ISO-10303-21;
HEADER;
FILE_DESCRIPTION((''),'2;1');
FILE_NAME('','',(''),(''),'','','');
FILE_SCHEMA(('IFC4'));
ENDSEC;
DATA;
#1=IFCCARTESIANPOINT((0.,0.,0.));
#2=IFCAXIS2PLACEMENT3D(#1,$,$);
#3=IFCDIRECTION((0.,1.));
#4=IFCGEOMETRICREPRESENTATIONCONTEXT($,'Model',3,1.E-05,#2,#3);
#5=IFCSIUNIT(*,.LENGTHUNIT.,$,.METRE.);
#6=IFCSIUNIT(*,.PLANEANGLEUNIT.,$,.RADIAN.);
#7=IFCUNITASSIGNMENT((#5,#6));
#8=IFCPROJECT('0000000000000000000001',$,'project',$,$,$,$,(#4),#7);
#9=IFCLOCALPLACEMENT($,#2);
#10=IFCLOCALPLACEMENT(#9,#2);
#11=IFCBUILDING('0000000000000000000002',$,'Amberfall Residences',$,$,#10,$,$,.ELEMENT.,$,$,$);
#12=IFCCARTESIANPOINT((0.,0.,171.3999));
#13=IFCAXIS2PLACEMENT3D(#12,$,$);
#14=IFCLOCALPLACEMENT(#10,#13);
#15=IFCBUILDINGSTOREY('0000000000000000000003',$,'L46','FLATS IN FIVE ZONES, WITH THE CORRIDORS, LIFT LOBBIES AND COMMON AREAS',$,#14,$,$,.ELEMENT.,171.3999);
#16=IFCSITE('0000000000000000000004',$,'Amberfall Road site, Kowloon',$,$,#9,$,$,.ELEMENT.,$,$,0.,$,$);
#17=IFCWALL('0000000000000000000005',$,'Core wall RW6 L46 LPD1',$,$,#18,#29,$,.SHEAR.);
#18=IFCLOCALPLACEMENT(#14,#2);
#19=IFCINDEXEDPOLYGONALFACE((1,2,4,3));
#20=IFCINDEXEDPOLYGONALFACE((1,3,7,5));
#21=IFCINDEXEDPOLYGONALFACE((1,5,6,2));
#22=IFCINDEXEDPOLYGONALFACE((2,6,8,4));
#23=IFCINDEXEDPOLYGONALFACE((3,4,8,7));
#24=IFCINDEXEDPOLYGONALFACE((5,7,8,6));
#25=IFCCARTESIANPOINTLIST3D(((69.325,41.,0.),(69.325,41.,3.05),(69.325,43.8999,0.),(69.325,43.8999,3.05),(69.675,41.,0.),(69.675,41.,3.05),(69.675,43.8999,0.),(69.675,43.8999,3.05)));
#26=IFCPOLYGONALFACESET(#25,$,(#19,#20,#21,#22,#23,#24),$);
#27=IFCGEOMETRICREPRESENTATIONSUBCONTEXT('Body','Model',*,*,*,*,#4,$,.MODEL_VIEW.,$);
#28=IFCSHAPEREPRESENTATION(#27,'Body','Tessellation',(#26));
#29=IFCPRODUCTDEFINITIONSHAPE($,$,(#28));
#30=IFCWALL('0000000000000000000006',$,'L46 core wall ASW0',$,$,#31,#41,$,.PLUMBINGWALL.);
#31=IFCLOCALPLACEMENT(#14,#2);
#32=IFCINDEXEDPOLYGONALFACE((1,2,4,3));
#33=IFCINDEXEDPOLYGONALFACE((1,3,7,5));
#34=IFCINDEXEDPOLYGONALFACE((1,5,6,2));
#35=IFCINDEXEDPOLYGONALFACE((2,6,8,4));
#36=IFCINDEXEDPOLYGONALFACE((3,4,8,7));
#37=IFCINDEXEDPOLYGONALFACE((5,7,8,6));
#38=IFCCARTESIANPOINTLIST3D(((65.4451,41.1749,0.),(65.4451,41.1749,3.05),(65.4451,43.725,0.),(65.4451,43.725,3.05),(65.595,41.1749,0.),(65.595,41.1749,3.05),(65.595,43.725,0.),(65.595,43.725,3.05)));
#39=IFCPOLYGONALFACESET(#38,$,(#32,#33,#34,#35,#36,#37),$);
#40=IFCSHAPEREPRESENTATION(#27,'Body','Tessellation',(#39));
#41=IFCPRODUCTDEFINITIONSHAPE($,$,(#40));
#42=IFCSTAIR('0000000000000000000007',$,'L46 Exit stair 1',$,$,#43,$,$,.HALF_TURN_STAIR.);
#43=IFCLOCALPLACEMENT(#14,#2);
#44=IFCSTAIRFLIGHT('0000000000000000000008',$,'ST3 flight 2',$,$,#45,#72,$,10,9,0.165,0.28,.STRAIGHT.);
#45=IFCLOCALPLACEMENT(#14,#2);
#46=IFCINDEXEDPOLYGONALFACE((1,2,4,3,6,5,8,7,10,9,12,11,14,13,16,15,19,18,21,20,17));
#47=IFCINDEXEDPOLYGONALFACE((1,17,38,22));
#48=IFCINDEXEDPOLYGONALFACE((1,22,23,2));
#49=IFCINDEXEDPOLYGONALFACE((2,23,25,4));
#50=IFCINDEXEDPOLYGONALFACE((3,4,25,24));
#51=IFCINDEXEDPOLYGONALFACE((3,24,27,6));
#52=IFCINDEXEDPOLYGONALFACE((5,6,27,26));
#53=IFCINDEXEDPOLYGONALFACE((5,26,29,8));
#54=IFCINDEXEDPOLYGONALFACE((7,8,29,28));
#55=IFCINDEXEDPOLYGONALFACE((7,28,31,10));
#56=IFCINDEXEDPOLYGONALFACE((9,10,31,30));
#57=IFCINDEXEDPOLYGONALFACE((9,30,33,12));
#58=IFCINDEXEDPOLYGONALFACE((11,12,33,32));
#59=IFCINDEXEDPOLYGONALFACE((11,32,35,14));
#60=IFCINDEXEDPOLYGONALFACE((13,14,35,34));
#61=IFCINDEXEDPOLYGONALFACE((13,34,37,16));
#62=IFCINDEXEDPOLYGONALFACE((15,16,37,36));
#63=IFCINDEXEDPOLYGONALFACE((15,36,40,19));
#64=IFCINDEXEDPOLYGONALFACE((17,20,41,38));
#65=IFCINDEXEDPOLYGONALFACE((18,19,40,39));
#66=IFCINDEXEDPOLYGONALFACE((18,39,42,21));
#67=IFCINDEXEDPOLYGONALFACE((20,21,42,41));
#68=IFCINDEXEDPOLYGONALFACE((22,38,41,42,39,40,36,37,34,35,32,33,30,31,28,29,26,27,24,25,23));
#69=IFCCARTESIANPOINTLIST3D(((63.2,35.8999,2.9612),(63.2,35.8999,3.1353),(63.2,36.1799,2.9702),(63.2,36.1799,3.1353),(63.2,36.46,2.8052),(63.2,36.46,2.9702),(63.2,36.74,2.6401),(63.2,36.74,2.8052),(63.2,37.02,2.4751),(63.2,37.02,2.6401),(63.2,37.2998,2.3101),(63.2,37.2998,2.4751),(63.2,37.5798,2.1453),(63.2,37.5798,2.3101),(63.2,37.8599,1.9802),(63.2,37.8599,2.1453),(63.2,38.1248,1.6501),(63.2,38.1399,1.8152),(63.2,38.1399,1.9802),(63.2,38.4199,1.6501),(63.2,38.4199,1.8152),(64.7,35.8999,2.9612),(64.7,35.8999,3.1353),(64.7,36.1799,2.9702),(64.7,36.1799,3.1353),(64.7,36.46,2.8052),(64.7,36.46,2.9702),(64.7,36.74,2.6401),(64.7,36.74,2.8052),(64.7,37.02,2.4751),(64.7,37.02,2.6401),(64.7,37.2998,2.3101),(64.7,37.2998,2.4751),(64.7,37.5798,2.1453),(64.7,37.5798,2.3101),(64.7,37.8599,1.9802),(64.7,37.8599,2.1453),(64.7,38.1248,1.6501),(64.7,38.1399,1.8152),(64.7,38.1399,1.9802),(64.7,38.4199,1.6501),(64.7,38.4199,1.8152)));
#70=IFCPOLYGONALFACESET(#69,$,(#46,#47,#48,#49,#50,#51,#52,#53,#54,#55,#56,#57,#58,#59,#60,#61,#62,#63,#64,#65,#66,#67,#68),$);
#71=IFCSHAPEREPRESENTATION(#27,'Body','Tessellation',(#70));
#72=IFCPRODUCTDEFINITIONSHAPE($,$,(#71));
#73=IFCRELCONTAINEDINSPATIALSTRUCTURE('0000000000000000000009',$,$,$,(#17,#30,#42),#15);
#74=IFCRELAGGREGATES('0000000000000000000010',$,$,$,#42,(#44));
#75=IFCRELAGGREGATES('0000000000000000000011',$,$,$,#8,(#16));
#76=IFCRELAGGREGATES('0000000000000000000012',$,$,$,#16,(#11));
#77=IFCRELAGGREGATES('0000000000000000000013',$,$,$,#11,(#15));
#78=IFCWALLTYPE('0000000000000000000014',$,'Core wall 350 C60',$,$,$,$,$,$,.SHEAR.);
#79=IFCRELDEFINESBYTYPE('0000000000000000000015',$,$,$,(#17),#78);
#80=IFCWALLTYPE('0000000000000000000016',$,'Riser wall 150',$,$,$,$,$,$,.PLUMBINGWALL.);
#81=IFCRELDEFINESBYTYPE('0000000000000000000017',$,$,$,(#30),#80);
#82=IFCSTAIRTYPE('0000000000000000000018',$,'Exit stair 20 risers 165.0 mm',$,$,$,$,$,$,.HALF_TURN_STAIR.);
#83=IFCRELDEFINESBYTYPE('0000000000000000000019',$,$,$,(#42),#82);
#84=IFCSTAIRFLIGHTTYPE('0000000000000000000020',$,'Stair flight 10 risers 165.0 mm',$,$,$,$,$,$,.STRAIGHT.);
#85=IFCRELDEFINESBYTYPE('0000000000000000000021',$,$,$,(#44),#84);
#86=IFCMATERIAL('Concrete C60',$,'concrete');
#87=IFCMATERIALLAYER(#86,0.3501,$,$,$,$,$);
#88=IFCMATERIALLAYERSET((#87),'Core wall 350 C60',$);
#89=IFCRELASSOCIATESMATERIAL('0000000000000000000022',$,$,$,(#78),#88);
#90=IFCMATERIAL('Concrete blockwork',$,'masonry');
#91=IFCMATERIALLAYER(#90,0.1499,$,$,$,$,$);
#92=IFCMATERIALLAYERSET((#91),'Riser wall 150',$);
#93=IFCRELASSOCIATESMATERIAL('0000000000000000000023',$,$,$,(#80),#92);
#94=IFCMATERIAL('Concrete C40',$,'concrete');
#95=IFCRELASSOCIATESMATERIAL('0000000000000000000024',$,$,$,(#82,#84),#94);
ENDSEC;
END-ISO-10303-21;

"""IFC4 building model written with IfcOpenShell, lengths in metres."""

from ifc_helpers import new_model, si_unit, direction, frame, frame_2d, origin, place, context, subcontext, project, spatial, polyline, rectangle, outline, extrude, material, layer, layer_set, type_object, element, aggregate, save


model = new_model("IFC4")

# Units and contexts
model_context = context("Model", 3, precision=1e-05, world=origin(), true_north=direction((0.0, 1.0)))
body_context = subcontext(model_context, "Body", "Model", "MODEL_VIEW")
ifc_project = project(units=[si_unit("LENGTHUNIT", "METRE"), si_unit("PLANEANGLEUNIT", "RADIAN")], contexts=[model_context])

# Site, building, storey
site_placement = place(None, origin())
site = spatial("IfcSite", under=ifc_project, at=site_placement, Name="Amberfall Road site, Kowloon", CompositionType="ELEMENT", RefElevation=0.0)
building_placement = place(site_placement, origin())
building = spatial("IfcBuilding", under=site, at=building_placement, Name="Amberfall Residences", CompositionType="ELEMENT")
storey_placement = place(building_placement, frame((0.0, 0.0, 171.3999)))
storey = spatial("IfcBuildingStorey", under=building, at=storey_placement, Name="L46", Description="FLATS IN FIVE ZONES, WITH THE CORRIDORS, LIFT LOBBIES AND COMMON AREAS", CompositionType="ELEMENT", Elevation=171.3999)

# Shared definitions
ifc_material_1 = material(Name="Concrete C60", Category="concrete")
ifc_layer_1 = layer(ifc_material_1, 0.3501)
ifc_layer_set_1 = layer_set([ifc_layer_1], Name="Core wall 350 C60")
wall_type_1 = type_object("IfcWallType", Name="Core wall 350 C60", PredefinedType="SHEAR", material=ifc_layer_set_1)

# Walls
wall_1_placement = place(storey_placement, frame((69.5, 41.0, 0.0), z_axis=(0.0, 0.0, 1.0), x_axis=(0.0, 1.0, 0.0)))
element("IfcWall", 1, at=wall_1_placement, inside=storey, type_object=wall_type_1, Name="Core wall RW6 L46 LPD1", PredefinedType="SHEAR", context=body_context, shape_type="SweptSolid", body=[
    extrude(rectangle(XDim=2.8999, YDim=0.3501, at=frame_2d((1.45, 0.0))), origin(), (0.0, 0.0, 1.0), 3.05),
])
ifc_material_2 = material(Name="Concrete blockwork", Category="masonry")
ifc_layer_2 = layer(ifc_material_2, 0.1499)
ifc_layer_set_2 = layer_set([ifc_layer_2], Name="Riser wall 150")
wall_type_2 = type_object("IfcWallType", Name="Riser wall 150", PredefinedType="PLUMBINGWALL", material=ifc_layer_set_2)
wall_2_placement = place(storey_placement, frame((65.52, 41.175, 0.0), z_axis=(0.0, 0.0, 1.0), x_axis=(0.0, 1.0, 0.0)))
element("IfcWall", 2, at=wall_2_placement, inside=storey, type_object=wall_type_2, Name="L46 core wall ASW0", PredefinedType="PLUMBINGWALL", context=body_context, shape_type="SweptSolid", body=[
    extrude(rectangle(XDim=2.55, YDim=0.1499, at=frame_2d((1.2749, 0.0))), origin(), (0.0, 0.0, 1.0), 3.05),
])

# Stair, stair flight
ifc_material_3 = material(Name="Concrete C40", Category="concrete")
stair_type = type_object("IfcStairType", Name="Exit stair 20 risers 165.0 mm", PredefinedType="HALF_TURN_STAIR", material=ifc_material_3)
stair_placement = place(storey_placement, origin())
stair = element("IfcStair", 3, at=stair_placement, inside=storey, type_object=stair_type, Name="L46 Exit stair 1", PredefinedType="HALF_TURN_STAIR")
stair_flight_type = type_object("IfcStairFlightType", Name="Stair flight 10 risers 165.0 mm", PredefinedType="STRAIGHT", material=ifc_material_3)
stair_flight_placement = place(storey_placement, frame((63.95, 38.4199, 1.6501), z_axis=(0.0, 0.0, 1.0), x_axis=(0.0, -1.0, 0.0)))
stair_flight = element("IfcStairFlight", 4, at=stair_flight_placement, type_object=stair_flight_type, Name="ST3 flight 2", NumberOfRisers=10, NumberOfTreads=9, PredefinedType="STRAIGHT", RiserHeight=0.165, TreadLength=0.28, context=body_context, shape_type="SweptSolid", body=[
    extrude(outline(polyline([(0.0, 0.0), (0.0, 0.165), (0.28, 0.165), (0.28, 0.3301), (0.5601, 0.3301), (0.5601, 0.4951), (0.8401, 0.4951), (0.8401, 0.6599), (1.1201, 0.6599), (1.1201, 0.825), (1.3999, 0.825), (1.3999, 0.99), (1.6799, 0.99), (1.6799, 1.155), (1.96, 1.155), (1.96, 1.3201), (2.24, 1.3201), (2.24, 1.4851), (2.52, 1.4851), (2.52, 1.6499), (2.52, 1.311), (0.2952, 0.0), (0.0, 0.0)])), frame((0.0, 0.75, 0.0), z_axis=(0.0, -1.0, 0.0), x_axis=(1.0, 0.0, 0.0)), (0.0, 0.0, 1.0), 1.5),
])
aggregate(stair, [stair_flight])

save(model, "model.ifc")
